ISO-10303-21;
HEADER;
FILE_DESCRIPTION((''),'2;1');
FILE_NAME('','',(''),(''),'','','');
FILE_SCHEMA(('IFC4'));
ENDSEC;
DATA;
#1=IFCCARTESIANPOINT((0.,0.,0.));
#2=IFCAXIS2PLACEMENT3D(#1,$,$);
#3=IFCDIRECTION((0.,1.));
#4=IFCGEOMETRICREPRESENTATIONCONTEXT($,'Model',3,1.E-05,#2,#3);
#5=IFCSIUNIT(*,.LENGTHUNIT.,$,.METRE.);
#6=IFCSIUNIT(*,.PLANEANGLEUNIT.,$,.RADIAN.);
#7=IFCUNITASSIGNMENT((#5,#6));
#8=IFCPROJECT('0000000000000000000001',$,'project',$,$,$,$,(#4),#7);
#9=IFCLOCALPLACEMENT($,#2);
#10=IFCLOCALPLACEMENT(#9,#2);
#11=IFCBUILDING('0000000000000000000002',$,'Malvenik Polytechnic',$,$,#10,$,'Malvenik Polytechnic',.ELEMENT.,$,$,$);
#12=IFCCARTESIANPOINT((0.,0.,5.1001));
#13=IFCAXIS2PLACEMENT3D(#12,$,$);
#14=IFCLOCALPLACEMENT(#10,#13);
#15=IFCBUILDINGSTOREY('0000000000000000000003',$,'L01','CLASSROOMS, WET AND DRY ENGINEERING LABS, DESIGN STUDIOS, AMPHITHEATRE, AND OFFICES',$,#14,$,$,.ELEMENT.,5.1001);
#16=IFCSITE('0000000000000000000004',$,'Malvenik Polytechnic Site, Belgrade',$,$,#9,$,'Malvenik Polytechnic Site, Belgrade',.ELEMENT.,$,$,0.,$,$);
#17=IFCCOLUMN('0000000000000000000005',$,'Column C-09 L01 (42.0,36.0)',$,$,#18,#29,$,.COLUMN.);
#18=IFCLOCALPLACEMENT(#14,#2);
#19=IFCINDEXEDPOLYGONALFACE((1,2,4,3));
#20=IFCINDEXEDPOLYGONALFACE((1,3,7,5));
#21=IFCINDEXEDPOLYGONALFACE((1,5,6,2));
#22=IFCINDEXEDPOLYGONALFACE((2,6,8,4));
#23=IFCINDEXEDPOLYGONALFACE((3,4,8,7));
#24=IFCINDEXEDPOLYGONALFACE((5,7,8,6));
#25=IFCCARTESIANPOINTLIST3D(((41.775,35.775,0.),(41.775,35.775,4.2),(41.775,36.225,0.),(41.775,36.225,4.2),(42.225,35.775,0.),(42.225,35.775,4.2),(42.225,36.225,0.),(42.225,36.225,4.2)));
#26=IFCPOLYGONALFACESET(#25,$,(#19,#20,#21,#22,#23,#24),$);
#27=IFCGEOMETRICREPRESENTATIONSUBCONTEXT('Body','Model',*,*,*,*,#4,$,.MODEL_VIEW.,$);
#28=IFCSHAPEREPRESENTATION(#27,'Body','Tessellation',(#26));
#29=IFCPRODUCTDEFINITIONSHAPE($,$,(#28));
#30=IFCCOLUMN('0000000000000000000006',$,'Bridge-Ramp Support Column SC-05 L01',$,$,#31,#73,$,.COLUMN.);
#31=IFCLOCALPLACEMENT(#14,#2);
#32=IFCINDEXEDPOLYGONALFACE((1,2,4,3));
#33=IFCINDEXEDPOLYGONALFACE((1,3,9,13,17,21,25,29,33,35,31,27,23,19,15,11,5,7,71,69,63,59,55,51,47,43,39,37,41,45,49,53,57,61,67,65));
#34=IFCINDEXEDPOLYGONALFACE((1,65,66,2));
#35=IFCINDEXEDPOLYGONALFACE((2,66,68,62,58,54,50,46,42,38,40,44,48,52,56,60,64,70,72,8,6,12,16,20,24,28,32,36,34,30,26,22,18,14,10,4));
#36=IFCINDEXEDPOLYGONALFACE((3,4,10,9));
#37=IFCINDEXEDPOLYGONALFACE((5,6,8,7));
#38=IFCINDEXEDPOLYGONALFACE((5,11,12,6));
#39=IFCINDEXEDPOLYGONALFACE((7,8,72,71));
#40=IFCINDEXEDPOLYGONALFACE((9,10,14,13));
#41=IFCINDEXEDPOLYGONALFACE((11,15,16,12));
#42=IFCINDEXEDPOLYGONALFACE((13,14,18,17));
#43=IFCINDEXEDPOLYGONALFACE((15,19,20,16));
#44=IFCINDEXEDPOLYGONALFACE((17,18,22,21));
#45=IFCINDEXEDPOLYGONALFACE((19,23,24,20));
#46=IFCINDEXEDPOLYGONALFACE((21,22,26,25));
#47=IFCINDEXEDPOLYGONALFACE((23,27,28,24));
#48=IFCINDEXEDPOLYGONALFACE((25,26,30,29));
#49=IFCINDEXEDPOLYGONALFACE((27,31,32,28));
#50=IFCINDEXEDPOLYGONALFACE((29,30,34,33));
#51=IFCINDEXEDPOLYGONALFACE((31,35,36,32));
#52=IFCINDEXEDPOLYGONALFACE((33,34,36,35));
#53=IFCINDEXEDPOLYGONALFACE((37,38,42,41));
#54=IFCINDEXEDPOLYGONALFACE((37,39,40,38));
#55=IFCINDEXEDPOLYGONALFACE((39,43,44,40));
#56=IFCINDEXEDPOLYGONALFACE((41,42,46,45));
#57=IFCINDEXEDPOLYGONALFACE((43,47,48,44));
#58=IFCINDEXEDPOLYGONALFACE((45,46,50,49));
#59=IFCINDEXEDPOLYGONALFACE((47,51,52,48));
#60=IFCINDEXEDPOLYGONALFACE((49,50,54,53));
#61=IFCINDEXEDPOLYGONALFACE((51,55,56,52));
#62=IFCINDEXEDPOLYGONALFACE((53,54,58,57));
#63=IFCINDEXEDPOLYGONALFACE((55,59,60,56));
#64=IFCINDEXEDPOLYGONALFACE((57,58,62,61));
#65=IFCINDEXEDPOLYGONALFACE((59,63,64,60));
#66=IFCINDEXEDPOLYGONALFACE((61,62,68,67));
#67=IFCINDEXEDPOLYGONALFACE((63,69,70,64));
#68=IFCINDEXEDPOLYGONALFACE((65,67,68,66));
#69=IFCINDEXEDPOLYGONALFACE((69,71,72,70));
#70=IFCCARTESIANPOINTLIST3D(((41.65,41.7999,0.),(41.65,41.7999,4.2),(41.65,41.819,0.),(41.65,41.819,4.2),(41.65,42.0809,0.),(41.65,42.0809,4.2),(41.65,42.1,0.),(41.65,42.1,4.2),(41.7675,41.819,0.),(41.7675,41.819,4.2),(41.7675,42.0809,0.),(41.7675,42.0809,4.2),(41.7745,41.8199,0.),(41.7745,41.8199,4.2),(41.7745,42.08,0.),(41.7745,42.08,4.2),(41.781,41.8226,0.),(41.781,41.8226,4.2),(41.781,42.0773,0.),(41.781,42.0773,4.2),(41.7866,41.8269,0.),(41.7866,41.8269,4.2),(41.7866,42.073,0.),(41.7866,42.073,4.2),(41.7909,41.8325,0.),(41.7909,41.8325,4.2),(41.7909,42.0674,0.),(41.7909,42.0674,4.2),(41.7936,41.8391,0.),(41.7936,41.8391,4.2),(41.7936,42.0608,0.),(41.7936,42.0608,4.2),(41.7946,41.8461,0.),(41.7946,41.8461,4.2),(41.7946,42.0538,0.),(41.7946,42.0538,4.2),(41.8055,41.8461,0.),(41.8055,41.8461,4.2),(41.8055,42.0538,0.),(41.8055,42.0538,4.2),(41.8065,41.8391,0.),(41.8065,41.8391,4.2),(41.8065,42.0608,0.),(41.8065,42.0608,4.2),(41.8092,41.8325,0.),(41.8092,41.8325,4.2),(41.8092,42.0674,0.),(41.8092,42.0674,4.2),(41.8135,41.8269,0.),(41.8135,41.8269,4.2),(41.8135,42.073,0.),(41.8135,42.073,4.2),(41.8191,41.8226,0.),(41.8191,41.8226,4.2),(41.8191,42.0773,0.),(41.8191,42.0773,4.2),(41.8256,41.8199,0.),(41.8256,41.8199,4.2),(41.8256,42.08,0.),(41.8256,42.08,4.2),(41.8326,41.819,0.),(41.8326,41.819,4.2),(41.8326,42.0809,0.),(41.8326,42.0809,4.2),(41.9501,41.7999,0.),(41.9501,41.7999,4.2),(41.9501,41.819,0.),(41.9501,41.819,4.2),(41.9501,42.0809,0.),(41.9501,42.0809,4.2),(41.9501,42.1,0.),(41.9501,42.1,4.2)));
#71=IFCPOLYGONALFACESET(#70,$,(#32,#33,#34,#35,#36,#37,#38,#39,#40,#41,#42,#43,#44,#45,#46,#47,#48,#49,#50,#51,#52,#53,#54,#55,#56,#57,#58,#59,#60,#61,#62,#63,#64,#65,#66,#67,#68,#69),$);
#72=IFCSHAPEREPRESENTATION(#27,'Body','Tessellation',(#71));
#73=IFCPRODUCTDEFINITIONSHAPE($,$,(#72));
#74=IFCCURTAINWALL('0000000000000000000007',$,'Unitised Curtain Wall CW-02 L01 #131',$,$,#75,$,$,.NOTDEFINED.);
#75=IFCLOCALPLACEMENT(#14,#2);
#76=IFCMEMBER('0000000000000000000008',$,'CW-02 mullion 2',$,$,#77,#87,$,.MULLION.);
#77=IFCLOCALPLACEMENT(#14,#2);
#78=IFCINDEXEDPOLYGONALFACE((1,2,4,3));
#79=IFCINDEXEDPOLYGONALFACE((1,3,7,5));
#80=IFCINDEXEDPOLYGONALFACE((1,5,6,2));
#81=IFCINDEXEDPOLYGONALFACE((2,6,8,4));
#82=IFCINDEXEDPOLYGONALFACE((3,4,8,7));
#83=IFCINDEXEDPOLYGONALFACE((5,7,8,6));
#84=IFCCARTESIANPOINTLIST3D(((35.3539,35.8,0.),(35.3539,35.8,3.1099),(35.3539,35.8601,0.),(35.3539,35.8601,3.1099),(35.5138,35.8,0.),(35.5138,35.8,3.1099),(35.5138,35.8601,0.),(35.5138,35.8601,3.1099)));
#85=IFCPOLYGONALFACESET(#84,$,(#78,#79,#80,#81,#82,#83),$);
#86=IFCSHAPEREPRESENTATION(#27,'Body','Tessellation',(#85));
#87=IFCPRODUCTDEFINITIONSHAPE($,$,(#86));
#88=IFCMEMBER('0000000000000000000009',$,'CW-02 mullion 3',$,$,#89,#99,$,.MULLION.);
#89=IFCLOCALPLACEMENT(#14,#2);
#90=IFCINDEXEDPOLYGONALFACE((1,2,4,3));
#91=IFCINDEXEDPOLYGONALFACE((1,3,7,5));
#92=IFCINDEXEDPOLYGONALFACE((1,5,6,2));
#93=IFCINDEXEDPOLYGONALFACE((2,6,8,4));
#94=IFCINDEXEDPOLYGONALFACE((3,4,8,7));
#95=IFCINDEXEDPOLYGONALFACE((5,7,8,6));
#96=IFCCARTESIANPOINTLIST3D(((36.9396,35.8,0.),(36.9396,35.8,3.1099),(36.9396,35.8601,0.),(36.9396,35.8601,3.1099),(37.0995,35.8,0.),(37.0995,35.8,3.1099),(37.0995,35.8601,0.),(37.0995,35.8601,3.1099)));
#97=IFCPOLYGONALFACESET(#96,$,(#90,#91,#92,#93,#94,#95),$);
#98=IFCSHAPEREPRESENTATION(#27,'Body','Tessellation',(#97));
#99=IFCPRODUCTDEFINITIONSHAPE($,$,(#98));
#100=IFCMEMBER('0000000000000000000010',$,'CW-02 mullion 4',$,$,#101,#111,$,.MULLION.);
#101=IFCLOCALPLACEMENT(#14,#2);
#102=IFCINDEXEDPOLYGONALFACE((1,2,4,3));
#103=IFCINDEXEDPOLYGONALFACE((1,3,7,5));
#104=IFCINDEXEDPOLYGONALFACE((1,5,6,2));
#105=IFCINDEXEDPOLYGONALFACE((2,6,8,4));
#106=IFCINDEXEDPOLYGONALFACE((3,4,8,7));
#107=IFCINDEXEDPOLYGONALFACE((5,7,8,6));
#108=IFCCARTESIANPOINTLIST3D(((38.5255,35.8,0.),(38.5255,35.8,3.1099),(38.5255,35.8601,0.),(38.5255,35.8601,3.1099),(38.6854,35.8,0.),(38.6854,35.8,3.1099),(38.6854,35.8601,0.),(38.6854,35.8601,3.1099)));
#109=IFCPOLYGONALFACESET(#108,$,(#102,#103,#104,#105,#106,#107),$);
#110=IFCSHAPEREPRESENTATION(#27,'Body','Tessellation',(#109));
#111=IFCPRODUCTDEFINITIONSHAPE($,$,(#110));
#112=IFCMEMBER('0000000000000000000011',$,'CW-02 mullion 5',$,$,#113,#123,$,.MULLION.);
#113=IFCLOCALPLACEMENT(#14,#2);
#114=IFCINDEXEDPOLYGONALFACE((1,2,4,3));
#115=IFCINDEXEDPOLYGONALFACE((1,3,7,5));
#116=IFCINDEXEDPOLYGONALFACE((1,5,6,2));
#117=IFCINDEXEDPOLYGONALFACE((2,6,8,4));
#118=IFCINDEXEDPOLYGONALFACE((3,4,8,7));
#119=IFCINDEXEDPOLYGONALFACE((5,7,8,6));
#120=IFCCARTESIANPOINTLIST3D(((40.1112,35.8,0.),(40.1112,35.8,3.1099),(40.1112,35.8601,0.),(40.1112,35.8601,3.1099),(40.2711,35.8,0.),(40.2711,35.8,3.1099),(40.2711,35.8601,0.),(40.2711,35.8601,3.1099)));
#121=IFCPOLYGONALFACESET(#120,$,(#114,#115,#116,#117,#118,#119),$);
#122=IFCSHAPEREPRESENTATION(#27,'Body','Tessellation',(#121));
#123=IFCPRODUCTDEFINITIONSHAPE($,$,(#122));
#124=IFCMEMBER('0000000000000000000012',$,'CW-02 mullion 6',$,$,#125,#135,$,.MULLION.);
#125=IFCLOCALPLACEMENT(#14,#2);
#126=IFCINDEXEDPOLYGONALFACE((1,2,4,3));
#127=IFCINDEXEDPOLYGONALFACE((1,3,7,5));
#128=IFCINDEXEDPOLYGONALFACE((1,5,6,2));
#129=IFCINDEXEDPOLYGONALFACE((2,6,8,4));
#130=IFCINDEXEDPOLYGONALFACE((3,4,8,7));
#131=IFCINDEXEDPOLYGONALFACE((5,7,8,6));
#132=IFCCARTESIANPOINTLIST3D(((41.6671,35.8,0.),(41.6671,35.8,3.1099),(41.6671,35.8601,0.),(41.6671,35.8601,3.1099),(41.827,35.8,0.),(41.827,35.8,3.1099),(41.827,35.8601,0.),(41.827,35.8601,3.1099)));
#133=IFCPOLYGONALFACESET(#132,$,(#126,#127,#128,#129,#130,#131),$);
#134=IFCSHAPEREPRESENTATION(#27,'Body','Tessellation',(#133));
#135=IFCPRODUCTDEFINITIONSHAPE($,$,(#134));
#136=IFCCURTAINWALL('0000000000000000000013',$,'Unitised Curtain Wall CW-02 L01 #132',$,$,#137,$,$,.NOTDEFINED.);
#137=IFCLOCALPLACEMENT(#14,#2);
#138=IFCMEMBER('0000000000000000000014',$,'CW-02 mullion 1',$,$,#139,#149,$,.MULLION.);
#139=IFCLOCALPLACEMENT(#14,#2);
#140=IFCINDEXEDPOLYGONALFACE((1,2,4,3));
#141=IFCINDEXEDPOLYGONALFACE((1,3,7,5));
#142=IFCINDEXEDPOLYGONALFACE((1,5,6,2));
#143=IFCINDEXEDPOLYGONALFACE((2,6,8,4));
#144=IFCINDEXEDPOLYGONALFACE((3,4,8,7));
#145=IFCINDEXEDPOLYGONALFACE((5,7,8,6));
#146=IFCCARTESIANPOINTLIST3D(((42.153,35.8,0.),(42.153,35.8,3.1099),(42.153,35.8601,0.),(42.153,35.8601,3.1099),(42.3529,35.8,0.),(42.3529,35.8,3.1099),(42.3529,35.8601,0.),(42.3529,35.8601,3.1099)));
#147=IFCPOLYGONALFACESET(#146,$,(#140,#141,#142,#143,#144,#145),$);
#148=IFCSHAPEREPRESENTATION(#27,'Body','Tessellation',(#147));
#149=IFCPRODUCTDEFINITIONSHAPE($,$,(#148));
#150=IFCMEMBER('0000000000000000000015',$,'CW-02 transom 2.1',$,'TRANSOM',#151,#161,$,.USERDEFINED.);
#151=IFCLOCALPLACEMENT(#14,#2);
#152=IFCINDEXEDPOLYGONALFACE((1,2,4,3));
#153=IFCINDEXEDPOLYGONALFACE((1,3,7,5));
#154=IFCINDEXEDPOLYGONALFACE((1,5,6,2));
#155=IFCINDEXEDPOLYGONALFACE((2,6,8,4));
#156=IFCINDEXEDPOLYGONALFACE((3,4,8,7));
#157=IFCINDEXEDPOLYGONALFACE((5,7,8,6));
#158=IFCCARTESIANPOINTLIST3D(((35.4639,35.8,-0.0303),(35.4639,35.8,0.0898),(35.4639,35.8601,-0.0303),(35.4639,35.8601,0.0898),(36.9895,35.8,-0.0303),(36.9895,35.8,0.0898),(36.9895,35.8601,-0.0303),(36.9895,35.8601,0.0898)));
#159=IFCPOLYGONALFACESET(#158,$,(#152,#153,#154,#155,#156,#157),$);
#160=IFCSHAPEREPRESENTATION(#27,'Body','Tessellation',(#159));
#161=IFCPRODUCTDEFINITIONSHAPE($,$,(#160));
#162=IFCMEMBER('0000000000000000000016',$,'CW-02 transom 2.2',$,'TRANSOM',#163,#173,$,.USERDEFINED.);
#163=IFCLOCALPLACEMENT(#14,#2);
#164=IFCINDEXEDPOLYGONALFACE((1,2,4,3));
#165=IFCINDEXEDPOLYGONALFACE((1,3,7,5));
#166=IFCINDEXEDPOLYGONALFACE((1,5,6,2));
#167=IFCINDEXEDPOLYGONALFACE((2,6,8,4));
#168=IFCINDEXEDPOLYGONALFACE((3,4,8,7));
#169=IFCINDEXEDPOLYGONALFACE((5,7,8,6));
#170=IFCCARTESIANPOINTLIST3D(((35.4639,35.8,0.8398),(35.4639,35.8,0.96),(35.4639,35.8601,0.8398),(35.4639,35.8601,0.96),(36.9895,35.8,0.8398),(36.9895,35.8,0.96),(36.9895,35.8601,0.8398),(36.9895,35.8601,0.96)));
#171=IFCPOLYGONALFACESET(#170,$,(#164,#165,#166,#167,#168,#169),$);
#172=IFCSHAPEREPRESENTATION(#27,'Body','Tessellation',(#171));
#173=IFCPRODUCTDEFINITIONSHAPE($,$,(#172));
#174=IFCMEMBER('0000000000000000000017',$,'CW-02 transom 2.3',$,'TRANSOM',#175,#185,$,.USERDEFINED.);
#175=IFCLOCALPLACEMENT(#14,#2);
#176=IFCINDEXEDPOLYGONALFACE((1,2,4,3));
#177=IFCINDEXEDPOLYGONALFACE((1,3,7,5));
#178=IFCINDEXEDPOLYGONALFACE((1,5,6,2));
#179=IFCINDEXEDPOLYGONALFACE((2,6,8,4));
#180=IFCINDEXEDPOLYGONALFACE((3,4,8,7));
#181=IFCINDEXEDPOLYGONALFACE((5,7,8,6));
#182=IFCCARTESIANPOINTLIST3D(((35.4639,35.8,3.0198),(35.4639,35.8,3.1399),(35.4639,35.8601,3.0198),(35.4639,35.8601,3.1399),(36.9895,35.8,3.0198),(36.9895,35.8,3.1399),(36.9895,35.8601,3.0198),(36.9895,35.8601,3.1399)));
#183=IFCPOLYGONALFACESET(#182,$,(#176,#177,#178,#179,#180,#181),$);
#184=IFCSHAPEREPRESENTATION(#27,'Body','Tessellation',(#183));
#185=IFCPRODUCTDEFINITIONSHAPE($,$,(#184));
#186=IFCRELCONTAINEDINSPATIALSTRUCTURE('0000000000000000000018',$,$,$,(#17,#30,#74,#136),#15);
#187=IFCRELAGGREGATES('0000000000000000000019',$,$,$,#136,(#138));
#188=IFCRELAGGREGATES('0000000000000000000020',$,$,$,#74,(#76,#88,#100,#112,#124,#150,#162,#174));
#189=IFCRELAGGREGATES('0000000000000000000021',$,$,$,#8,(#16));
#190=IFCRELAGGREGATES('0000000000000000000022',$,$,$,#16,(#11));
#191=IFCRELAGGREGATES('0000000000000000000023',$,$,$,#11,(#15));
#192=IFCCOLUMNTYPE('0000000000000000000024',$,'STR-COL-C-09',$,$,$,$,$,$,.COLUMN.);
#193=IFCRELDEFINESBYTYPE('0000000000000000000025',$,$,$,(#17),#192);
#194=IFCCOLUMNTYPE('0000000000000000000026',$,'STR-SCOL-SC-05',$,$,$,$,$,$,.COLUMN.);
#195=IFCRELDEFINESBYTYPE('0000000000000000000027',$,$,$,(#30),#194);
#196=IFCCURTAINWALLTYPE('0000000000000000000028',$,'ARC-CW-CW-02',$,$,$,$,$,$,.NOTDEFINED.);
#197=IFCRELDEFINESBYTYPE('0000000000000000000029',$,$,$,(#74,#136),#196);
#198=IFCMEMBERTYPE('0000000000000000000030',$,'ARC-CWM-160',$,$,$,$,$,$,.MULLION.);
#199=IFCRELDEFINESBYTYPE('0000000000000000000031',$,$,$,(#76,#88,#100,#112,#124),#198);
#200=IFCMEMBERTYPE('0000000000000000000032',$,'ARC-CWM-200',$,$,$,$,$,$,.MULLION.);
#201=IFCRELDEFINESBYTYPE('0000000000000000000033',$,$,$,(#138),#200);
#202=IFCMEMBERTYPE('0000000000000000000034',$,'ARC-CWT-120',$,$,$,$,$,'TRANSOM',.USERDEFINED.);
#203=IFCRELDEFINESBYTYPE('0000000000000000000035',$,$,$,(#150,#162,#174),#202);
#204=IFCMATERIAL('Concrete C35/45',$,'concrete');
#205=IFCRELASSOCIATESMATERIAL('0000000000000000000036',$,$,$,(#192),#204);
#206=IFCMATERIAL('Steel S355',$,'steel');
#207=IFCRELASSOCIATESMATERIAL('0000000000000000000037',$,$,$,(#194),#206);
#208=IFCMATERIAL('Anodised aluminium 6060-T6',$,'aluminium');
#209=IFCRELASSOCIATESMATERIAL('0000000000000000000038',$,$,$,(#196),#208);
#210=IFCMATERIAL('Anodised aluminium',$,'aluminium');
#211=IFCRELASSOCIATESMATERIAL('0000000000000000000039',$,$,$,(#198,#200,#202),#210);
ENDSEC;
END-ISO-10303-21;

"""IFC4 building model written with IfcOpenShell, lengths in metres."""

from ifc_helpers import new_model, si_unit, direction, frame, origin, origin_2d, place, context, subcontext, project, spatial, rectangle, i_section, extrude, material, material_profile, profile_set, type_object, element, aggregate, save


model = new_model("IFC4")

# Units and contexts
model_context = context("Model", 3, precision=1e-05, world=origin(), true_north=direction((0.0, 1.0)))
body_context = subcontext(model_context, "Body", "Model", "MODEL_VIEW")
ifc_project = project(units=[si_unit("LENGTHUNIT", "METRE"), si_unit("PLANEANGLEUNIT", "RADIAN")], contexts=[model_context])

# Site, building, storey
site_placement = place(None, origin())
site = spatial("IfcSite", under=ifc_project, at=site_placement, Name="Malvenik Polytechnic Site, Belgrade", LongName="Malvenik Polytechnic Site, Belgrade", CompositionType="ELEMENT", RefElevation=0.0)
building_placement = place(site_placement, origin())
building = spatial("IfcBuilding", under=site, at=building_placement, Name="Malvenik Polytechnic", LongName="Malvenik Polytechnic", CompositionType="ELEMENT")
storey_placement = place(building_placement, frame((0.0, 0.0, 5.1001)))
storey = spatial("IfcBuildingStorey", under=building, at=storey_placement, Name="L01", Description="CLASSROOMS, WET AND DRY ENGINEERING LABS, DESIGN STUDIOS, AMPHITHEATRE, AND OFFICES", CompositionType="ELEMENT", Elevation=5.1001)

# Columns
ifc_material_1 = material(Name="Concrete C35/45", Category="concrete")
ifc_material_profile_1 = material_profile(ifc_material_1, rectangle(XDim=0.45, YDim=0.45, at=origin_2d()), Name="RC COL 450x450")
ifc_profile_set_1 = profile_set([ifc_material_profile_1], Name="Concrete C35/45")
column_type_1 = type_object("IfcColumnType", Name="STR-COL-C-09", PredefinedType="COLUMN", material=ifc_profile_set_1)
column_1_placement = place(storey_placement, frame((42.0, 36.0, 0.0), z_axis=(0.0, 0.0, 1.0), x_axis=(1.0, 0.0, 0.0)))
element("IfcColumn", 1, at=column_1_placement, inside=storey, type_object=column_type_1, Name="Column C-09 L01 (42.0,36.0)", PredefinedType="COLUMN", context=body_context, shape_type="SweptSolid", body=[
    extrude(rectangle(XDim=0.45, YDim=0.45, at=origin_2d()), origin(), (0.0, 0.0, 1.0), 4.2),
])
ifc_material_2 = material(Name="Steel S355", Category="steel")
ifc_material_profile_2 = material_profile(ifc_material_2, i_section(OverallWidth=0.3, OverallDepth=0.3, WebThickness=0.011, FlangeThickness=0.019, FilletRadius=0.0271, at=origin_2d()), Name="HEB 300")
ifc_profile_set_2 = profile_set([ifc_material_profile_2], Name="Steel S355")
column_type_2 = type_object("IfcColumnType", Name="STR-SCOL-SC-05", PredefinedType="COLUMN", material=ifc_profile_set_2)
column_2_placement = place(storey_placement, frame((41.8, 41.95, 0.0), z_axis=(0.0, 0.0, 1.0), x_axis=(1.0, 0.0, 0.0)))
element("IfcColumn", 2, at=column_2_placement, inside=storey, type_object=column_type_2, Name="Bridge-Ramp Support Column SC-05 L01", PredefinedType="COLUMN", context=body_context, shape_type="SweptSolid", body=[
    extrude(i_section(OverallWidth=0.3, OverallDepth=0.3, WebThickness=0.011, FlangeThickness=0.019, FilletRadius=0.0271, at=origin_2d()), origin(), (0.0, 0.0, 1.0), 4.2),
])

# Curtain wall, members
ifc_material_3 = material(Name="Anodised aluminium 6060-T6", Category="aluminium")
curtain_wall_type = type_object("IfcCurtainWallType", Name="ARC-CW-CW-02", PredefinedType="NOTDEFINED", material=ifc_material_3)
curtain_wall_1_placement = place(storey_placement, origin())
curtain_wall_1 = element("IfcCurtainWall", 3, at=curtain_wall_1_placement, inside=storey, type_object=curtain_wall_type, Name="Unitised Curtain Wall CW-02 L01 #131", PredefinedType="NOTDEFINED")
ifc_material_4 = material(Name="Anodised aluminium", Category="aluminium")
ifc_material_profile_3 = material_profile(ifc_material_4, rectangle(XDim=0.0601, YDim=0.1599, at=origin_2d()), Name="ALU MULLION 60x160")
ifc_profile_set_3 = profile_set([ifc_material_profile_3], Name="Anodised aluminium")
member_type_1 = type_object("IfcMemberType", Name="ARC-CWM-160", PredefinedType="MULLION", material=ifc_profile_set_3)
member_1_placement = place(storey_placement, frame((35.4338, 35.8301, 0.0), z_axis=(0.0, 0.0, 1.0), x_axis=(0.0, 1.0, 0.0)))
member_1 = element("IfcMember", 4, at=member_1_placement, type_object=member_type_1, Name="CW-02 mullion 2", PredefinedType="MULLION", context=body_context, shape_type="SweptSolid", body=[
    extrude(rectangle(XDim=0.0601, YDim=0.1599, at=origin_2d()), origin(), (0.0, 0.0, 1.0), 3.1099),
])
member_2_placement = place(storey_placement, frame((37.0195, 35.8301, 0.0), z_axis=(0.0, 0.0, 1.0), x_axis=(0.0, 1.0, 0.0)))
member_2 = element("IfcMember", 5, at=member_2_placement, type_object=member_type_1, Name="CW-02 mullion 3", PredefinedType="MULLION", context=body_context, shape_type="SweptSolid", body=[
    extrude(rectangle(XDim=0.0601, YDim=0.1599, at=origin_2d()), origin(), (0.0, 0.0, 1.0), 3.1099),
])
member_3_placement = place(storey_placement, frame((38.6055, 35.8301, 0.0), z_axis=(0.0, 0.0, 1.0), x_axis=(0.0, 1.0, 0.0)))
member_3 = element("IfcMember", 6, at=member_3_placement, type_object=member_type_1, Name="CW-02 mullion 4", PredefinedType="MULLION", context=body_context, shape_type="SweptSolid", body=[
    extrude(rectangle(XDim=0.0601, YDim=0.1599, at=origin_2d()), origin(), (0.0, 0.0, 1.0), 3.1099),
])
member_4_placement = place(storey_placement, frame((40.1912, 35.8301, 0.0), z_axis=(0.0, 0.0, 1.0), x_axis=(0.0, 1.0, 0.0)))
member_4 = element("IfcMember", 7, at=member_4_placement, type_object=member_type_1, Name="CW-02 mullion 5", PredefinedType="MULLION", context=body_context, shape_type="SweptSolid", body=[
    extrude(rectangle(XDim=0.0601, YDim=0.1599, at=origin_2d()), origin(), (0.0, 0.0, 1.0), 3.1099),
])
member_5_placement = place(storey_placement, frame((41.7471, 35.8301, 0.0), z_axis=(0.0, 0.0, 1.0), x_axis=(0.0, 1.0, 0.0)))
member_5 = element("IfcMember", 8, at=member_5_placement, type_object=member_type_1, Name="CW-02 mullion 6", PredefinedType="MULLION", context=body_context, shape_type="SweptSolid", body=[
    extrude(rectangle(XDim=0.0601, YDim=0.1599, at=origin_2d()), origin(), (0.0, 0.0, 1.0), 3.1099),
])

# Curtain wall, member
curtain_wall_2_placement = place(storey_placement, origin())
curtain_wall_2 = element("IfcCurtainWall", 9, at=curtain_wall_2_placement, inside=storey, type_object=curtain_wall_type, Name="Unitised Curtain Wall CW-02 L01 #132", PredefinedType="NOTDEFINED")
ifc_material_profile_4 = material_profile(ifc_material_4, rectangle(XDim=0.0601, YDim=0.2, at=origin_2d()), Name="ALU MULLION 60x200")
ifc_profile_set_4 = profile_set([ifc_material_profile_4], Name="Anodised aluminium")
member_type_2 = type_object("IfcMemberType", Name="ARC-CWM-200", PredefinedType="MULLION", material=ifc_profile_set_4)
member_6_placement = place(storey_placement, frame((42.2529, 35.8301, 0.0), z_axis=(0.0, 0.0, 1.0), x_axis=(0.0, 1.0, 0.0)))
member_6 = element("IfcMember", 10, at=member_6_placement, type_object=member_type_2, Name="CW-02 mullion 1", PredefinedType="MULLION", context=body_context, shape_type="SweptSolid", body=[
    extrude(rectangle(XDim=0.0601, YDim=0.2, at=origin_2d()), origin(), (0.0, 0.0, 1.0), 3.1099),
])

# Members
ifc_material_profile_5 = material_profile(ifc_material_4, rectangle(XDim=0.0601, YDim=0.1201, at=origin_2d()), Name="ALU TRANSOM 60x120")
ifc_profile_set_5 = profile_set([ifc_material_profile_5], Name="Anodised aluminium")
member_type_3 = type_object("IfcMemberType", Name="ARC-CWT-120", ElementType="TRANSOM", PredefinedType="USERDEFINED", material=ifc_profile_set_5)
member_7_placement = place(storey_placement, frame((35.4639, 35.8301, 0.0298), z_axis=(1.0, 0.0, 0.0), x_axis=(0.0, 1.0, 0.0)))
member_7 = element("IfcMember", 11, at=member_7_placement, type_object=member_type_3, Name="CW-02 transom 2.1", ObjectType="TRANSOM", PredefinedType="USERDEFINED", context=body_context, shape_type="SweptSolid", body=[
    extrude(rectangle(XDim=0.0601, YDim=0.1201, at=origin_2d()), origin(), (0.0, 0.0, 1.0), 1.5256),
])
member_8_placement = place(storey_placement, frame((35.4639, 35.8301, 0.8999), z_axis=(1.0, 0.0, 0.0), x_axis=(0.0, 1.0, 0.0)))
member_8 = element("IfcMember", 12, at=member_8_placement, type_object=member_type_3, Name="CW-02 transom 2.2", ObjectType="TRANSOM", PredefinedType="USERDEFINED", context=body_context, shape_type="SweptSolid", body=[
    extrude(rectangle(XDim=0.0601, YDim=0.1201, at=origin_2d()), origin(), (0.0, 0.0, 1.0), 1.5256),
])
member_9_placement = place(storey_placement, frame((35.4639, 35.8301, 3.0798), z_axis=(1.0, 0.0, 0.0), x_axis=(0.0, 1.0, 0.0)))
member_9 = element("IfcMember", 13, at=member_9_placement, type_object=member_type_3, Name="CW-02 transom 2.3", ObjectType="TRANSOM", PredefinedType="USERDEFINED", context=body_context, shape_type="SweptSolid", body=[
    extrude(rectangle(XDim=0.0601, YDim=0.1201, at=origin_2d()), origin(), (0.0, 0.0, 1.0), 1.5256),
])
aggregate(curtain_wall_2, [member_6])

aggregate(curtain_wall_1, [member_1, member_2, member_3, member_4, member_5, member_7, member_8, member_9])

save(model, "model.ifc")
